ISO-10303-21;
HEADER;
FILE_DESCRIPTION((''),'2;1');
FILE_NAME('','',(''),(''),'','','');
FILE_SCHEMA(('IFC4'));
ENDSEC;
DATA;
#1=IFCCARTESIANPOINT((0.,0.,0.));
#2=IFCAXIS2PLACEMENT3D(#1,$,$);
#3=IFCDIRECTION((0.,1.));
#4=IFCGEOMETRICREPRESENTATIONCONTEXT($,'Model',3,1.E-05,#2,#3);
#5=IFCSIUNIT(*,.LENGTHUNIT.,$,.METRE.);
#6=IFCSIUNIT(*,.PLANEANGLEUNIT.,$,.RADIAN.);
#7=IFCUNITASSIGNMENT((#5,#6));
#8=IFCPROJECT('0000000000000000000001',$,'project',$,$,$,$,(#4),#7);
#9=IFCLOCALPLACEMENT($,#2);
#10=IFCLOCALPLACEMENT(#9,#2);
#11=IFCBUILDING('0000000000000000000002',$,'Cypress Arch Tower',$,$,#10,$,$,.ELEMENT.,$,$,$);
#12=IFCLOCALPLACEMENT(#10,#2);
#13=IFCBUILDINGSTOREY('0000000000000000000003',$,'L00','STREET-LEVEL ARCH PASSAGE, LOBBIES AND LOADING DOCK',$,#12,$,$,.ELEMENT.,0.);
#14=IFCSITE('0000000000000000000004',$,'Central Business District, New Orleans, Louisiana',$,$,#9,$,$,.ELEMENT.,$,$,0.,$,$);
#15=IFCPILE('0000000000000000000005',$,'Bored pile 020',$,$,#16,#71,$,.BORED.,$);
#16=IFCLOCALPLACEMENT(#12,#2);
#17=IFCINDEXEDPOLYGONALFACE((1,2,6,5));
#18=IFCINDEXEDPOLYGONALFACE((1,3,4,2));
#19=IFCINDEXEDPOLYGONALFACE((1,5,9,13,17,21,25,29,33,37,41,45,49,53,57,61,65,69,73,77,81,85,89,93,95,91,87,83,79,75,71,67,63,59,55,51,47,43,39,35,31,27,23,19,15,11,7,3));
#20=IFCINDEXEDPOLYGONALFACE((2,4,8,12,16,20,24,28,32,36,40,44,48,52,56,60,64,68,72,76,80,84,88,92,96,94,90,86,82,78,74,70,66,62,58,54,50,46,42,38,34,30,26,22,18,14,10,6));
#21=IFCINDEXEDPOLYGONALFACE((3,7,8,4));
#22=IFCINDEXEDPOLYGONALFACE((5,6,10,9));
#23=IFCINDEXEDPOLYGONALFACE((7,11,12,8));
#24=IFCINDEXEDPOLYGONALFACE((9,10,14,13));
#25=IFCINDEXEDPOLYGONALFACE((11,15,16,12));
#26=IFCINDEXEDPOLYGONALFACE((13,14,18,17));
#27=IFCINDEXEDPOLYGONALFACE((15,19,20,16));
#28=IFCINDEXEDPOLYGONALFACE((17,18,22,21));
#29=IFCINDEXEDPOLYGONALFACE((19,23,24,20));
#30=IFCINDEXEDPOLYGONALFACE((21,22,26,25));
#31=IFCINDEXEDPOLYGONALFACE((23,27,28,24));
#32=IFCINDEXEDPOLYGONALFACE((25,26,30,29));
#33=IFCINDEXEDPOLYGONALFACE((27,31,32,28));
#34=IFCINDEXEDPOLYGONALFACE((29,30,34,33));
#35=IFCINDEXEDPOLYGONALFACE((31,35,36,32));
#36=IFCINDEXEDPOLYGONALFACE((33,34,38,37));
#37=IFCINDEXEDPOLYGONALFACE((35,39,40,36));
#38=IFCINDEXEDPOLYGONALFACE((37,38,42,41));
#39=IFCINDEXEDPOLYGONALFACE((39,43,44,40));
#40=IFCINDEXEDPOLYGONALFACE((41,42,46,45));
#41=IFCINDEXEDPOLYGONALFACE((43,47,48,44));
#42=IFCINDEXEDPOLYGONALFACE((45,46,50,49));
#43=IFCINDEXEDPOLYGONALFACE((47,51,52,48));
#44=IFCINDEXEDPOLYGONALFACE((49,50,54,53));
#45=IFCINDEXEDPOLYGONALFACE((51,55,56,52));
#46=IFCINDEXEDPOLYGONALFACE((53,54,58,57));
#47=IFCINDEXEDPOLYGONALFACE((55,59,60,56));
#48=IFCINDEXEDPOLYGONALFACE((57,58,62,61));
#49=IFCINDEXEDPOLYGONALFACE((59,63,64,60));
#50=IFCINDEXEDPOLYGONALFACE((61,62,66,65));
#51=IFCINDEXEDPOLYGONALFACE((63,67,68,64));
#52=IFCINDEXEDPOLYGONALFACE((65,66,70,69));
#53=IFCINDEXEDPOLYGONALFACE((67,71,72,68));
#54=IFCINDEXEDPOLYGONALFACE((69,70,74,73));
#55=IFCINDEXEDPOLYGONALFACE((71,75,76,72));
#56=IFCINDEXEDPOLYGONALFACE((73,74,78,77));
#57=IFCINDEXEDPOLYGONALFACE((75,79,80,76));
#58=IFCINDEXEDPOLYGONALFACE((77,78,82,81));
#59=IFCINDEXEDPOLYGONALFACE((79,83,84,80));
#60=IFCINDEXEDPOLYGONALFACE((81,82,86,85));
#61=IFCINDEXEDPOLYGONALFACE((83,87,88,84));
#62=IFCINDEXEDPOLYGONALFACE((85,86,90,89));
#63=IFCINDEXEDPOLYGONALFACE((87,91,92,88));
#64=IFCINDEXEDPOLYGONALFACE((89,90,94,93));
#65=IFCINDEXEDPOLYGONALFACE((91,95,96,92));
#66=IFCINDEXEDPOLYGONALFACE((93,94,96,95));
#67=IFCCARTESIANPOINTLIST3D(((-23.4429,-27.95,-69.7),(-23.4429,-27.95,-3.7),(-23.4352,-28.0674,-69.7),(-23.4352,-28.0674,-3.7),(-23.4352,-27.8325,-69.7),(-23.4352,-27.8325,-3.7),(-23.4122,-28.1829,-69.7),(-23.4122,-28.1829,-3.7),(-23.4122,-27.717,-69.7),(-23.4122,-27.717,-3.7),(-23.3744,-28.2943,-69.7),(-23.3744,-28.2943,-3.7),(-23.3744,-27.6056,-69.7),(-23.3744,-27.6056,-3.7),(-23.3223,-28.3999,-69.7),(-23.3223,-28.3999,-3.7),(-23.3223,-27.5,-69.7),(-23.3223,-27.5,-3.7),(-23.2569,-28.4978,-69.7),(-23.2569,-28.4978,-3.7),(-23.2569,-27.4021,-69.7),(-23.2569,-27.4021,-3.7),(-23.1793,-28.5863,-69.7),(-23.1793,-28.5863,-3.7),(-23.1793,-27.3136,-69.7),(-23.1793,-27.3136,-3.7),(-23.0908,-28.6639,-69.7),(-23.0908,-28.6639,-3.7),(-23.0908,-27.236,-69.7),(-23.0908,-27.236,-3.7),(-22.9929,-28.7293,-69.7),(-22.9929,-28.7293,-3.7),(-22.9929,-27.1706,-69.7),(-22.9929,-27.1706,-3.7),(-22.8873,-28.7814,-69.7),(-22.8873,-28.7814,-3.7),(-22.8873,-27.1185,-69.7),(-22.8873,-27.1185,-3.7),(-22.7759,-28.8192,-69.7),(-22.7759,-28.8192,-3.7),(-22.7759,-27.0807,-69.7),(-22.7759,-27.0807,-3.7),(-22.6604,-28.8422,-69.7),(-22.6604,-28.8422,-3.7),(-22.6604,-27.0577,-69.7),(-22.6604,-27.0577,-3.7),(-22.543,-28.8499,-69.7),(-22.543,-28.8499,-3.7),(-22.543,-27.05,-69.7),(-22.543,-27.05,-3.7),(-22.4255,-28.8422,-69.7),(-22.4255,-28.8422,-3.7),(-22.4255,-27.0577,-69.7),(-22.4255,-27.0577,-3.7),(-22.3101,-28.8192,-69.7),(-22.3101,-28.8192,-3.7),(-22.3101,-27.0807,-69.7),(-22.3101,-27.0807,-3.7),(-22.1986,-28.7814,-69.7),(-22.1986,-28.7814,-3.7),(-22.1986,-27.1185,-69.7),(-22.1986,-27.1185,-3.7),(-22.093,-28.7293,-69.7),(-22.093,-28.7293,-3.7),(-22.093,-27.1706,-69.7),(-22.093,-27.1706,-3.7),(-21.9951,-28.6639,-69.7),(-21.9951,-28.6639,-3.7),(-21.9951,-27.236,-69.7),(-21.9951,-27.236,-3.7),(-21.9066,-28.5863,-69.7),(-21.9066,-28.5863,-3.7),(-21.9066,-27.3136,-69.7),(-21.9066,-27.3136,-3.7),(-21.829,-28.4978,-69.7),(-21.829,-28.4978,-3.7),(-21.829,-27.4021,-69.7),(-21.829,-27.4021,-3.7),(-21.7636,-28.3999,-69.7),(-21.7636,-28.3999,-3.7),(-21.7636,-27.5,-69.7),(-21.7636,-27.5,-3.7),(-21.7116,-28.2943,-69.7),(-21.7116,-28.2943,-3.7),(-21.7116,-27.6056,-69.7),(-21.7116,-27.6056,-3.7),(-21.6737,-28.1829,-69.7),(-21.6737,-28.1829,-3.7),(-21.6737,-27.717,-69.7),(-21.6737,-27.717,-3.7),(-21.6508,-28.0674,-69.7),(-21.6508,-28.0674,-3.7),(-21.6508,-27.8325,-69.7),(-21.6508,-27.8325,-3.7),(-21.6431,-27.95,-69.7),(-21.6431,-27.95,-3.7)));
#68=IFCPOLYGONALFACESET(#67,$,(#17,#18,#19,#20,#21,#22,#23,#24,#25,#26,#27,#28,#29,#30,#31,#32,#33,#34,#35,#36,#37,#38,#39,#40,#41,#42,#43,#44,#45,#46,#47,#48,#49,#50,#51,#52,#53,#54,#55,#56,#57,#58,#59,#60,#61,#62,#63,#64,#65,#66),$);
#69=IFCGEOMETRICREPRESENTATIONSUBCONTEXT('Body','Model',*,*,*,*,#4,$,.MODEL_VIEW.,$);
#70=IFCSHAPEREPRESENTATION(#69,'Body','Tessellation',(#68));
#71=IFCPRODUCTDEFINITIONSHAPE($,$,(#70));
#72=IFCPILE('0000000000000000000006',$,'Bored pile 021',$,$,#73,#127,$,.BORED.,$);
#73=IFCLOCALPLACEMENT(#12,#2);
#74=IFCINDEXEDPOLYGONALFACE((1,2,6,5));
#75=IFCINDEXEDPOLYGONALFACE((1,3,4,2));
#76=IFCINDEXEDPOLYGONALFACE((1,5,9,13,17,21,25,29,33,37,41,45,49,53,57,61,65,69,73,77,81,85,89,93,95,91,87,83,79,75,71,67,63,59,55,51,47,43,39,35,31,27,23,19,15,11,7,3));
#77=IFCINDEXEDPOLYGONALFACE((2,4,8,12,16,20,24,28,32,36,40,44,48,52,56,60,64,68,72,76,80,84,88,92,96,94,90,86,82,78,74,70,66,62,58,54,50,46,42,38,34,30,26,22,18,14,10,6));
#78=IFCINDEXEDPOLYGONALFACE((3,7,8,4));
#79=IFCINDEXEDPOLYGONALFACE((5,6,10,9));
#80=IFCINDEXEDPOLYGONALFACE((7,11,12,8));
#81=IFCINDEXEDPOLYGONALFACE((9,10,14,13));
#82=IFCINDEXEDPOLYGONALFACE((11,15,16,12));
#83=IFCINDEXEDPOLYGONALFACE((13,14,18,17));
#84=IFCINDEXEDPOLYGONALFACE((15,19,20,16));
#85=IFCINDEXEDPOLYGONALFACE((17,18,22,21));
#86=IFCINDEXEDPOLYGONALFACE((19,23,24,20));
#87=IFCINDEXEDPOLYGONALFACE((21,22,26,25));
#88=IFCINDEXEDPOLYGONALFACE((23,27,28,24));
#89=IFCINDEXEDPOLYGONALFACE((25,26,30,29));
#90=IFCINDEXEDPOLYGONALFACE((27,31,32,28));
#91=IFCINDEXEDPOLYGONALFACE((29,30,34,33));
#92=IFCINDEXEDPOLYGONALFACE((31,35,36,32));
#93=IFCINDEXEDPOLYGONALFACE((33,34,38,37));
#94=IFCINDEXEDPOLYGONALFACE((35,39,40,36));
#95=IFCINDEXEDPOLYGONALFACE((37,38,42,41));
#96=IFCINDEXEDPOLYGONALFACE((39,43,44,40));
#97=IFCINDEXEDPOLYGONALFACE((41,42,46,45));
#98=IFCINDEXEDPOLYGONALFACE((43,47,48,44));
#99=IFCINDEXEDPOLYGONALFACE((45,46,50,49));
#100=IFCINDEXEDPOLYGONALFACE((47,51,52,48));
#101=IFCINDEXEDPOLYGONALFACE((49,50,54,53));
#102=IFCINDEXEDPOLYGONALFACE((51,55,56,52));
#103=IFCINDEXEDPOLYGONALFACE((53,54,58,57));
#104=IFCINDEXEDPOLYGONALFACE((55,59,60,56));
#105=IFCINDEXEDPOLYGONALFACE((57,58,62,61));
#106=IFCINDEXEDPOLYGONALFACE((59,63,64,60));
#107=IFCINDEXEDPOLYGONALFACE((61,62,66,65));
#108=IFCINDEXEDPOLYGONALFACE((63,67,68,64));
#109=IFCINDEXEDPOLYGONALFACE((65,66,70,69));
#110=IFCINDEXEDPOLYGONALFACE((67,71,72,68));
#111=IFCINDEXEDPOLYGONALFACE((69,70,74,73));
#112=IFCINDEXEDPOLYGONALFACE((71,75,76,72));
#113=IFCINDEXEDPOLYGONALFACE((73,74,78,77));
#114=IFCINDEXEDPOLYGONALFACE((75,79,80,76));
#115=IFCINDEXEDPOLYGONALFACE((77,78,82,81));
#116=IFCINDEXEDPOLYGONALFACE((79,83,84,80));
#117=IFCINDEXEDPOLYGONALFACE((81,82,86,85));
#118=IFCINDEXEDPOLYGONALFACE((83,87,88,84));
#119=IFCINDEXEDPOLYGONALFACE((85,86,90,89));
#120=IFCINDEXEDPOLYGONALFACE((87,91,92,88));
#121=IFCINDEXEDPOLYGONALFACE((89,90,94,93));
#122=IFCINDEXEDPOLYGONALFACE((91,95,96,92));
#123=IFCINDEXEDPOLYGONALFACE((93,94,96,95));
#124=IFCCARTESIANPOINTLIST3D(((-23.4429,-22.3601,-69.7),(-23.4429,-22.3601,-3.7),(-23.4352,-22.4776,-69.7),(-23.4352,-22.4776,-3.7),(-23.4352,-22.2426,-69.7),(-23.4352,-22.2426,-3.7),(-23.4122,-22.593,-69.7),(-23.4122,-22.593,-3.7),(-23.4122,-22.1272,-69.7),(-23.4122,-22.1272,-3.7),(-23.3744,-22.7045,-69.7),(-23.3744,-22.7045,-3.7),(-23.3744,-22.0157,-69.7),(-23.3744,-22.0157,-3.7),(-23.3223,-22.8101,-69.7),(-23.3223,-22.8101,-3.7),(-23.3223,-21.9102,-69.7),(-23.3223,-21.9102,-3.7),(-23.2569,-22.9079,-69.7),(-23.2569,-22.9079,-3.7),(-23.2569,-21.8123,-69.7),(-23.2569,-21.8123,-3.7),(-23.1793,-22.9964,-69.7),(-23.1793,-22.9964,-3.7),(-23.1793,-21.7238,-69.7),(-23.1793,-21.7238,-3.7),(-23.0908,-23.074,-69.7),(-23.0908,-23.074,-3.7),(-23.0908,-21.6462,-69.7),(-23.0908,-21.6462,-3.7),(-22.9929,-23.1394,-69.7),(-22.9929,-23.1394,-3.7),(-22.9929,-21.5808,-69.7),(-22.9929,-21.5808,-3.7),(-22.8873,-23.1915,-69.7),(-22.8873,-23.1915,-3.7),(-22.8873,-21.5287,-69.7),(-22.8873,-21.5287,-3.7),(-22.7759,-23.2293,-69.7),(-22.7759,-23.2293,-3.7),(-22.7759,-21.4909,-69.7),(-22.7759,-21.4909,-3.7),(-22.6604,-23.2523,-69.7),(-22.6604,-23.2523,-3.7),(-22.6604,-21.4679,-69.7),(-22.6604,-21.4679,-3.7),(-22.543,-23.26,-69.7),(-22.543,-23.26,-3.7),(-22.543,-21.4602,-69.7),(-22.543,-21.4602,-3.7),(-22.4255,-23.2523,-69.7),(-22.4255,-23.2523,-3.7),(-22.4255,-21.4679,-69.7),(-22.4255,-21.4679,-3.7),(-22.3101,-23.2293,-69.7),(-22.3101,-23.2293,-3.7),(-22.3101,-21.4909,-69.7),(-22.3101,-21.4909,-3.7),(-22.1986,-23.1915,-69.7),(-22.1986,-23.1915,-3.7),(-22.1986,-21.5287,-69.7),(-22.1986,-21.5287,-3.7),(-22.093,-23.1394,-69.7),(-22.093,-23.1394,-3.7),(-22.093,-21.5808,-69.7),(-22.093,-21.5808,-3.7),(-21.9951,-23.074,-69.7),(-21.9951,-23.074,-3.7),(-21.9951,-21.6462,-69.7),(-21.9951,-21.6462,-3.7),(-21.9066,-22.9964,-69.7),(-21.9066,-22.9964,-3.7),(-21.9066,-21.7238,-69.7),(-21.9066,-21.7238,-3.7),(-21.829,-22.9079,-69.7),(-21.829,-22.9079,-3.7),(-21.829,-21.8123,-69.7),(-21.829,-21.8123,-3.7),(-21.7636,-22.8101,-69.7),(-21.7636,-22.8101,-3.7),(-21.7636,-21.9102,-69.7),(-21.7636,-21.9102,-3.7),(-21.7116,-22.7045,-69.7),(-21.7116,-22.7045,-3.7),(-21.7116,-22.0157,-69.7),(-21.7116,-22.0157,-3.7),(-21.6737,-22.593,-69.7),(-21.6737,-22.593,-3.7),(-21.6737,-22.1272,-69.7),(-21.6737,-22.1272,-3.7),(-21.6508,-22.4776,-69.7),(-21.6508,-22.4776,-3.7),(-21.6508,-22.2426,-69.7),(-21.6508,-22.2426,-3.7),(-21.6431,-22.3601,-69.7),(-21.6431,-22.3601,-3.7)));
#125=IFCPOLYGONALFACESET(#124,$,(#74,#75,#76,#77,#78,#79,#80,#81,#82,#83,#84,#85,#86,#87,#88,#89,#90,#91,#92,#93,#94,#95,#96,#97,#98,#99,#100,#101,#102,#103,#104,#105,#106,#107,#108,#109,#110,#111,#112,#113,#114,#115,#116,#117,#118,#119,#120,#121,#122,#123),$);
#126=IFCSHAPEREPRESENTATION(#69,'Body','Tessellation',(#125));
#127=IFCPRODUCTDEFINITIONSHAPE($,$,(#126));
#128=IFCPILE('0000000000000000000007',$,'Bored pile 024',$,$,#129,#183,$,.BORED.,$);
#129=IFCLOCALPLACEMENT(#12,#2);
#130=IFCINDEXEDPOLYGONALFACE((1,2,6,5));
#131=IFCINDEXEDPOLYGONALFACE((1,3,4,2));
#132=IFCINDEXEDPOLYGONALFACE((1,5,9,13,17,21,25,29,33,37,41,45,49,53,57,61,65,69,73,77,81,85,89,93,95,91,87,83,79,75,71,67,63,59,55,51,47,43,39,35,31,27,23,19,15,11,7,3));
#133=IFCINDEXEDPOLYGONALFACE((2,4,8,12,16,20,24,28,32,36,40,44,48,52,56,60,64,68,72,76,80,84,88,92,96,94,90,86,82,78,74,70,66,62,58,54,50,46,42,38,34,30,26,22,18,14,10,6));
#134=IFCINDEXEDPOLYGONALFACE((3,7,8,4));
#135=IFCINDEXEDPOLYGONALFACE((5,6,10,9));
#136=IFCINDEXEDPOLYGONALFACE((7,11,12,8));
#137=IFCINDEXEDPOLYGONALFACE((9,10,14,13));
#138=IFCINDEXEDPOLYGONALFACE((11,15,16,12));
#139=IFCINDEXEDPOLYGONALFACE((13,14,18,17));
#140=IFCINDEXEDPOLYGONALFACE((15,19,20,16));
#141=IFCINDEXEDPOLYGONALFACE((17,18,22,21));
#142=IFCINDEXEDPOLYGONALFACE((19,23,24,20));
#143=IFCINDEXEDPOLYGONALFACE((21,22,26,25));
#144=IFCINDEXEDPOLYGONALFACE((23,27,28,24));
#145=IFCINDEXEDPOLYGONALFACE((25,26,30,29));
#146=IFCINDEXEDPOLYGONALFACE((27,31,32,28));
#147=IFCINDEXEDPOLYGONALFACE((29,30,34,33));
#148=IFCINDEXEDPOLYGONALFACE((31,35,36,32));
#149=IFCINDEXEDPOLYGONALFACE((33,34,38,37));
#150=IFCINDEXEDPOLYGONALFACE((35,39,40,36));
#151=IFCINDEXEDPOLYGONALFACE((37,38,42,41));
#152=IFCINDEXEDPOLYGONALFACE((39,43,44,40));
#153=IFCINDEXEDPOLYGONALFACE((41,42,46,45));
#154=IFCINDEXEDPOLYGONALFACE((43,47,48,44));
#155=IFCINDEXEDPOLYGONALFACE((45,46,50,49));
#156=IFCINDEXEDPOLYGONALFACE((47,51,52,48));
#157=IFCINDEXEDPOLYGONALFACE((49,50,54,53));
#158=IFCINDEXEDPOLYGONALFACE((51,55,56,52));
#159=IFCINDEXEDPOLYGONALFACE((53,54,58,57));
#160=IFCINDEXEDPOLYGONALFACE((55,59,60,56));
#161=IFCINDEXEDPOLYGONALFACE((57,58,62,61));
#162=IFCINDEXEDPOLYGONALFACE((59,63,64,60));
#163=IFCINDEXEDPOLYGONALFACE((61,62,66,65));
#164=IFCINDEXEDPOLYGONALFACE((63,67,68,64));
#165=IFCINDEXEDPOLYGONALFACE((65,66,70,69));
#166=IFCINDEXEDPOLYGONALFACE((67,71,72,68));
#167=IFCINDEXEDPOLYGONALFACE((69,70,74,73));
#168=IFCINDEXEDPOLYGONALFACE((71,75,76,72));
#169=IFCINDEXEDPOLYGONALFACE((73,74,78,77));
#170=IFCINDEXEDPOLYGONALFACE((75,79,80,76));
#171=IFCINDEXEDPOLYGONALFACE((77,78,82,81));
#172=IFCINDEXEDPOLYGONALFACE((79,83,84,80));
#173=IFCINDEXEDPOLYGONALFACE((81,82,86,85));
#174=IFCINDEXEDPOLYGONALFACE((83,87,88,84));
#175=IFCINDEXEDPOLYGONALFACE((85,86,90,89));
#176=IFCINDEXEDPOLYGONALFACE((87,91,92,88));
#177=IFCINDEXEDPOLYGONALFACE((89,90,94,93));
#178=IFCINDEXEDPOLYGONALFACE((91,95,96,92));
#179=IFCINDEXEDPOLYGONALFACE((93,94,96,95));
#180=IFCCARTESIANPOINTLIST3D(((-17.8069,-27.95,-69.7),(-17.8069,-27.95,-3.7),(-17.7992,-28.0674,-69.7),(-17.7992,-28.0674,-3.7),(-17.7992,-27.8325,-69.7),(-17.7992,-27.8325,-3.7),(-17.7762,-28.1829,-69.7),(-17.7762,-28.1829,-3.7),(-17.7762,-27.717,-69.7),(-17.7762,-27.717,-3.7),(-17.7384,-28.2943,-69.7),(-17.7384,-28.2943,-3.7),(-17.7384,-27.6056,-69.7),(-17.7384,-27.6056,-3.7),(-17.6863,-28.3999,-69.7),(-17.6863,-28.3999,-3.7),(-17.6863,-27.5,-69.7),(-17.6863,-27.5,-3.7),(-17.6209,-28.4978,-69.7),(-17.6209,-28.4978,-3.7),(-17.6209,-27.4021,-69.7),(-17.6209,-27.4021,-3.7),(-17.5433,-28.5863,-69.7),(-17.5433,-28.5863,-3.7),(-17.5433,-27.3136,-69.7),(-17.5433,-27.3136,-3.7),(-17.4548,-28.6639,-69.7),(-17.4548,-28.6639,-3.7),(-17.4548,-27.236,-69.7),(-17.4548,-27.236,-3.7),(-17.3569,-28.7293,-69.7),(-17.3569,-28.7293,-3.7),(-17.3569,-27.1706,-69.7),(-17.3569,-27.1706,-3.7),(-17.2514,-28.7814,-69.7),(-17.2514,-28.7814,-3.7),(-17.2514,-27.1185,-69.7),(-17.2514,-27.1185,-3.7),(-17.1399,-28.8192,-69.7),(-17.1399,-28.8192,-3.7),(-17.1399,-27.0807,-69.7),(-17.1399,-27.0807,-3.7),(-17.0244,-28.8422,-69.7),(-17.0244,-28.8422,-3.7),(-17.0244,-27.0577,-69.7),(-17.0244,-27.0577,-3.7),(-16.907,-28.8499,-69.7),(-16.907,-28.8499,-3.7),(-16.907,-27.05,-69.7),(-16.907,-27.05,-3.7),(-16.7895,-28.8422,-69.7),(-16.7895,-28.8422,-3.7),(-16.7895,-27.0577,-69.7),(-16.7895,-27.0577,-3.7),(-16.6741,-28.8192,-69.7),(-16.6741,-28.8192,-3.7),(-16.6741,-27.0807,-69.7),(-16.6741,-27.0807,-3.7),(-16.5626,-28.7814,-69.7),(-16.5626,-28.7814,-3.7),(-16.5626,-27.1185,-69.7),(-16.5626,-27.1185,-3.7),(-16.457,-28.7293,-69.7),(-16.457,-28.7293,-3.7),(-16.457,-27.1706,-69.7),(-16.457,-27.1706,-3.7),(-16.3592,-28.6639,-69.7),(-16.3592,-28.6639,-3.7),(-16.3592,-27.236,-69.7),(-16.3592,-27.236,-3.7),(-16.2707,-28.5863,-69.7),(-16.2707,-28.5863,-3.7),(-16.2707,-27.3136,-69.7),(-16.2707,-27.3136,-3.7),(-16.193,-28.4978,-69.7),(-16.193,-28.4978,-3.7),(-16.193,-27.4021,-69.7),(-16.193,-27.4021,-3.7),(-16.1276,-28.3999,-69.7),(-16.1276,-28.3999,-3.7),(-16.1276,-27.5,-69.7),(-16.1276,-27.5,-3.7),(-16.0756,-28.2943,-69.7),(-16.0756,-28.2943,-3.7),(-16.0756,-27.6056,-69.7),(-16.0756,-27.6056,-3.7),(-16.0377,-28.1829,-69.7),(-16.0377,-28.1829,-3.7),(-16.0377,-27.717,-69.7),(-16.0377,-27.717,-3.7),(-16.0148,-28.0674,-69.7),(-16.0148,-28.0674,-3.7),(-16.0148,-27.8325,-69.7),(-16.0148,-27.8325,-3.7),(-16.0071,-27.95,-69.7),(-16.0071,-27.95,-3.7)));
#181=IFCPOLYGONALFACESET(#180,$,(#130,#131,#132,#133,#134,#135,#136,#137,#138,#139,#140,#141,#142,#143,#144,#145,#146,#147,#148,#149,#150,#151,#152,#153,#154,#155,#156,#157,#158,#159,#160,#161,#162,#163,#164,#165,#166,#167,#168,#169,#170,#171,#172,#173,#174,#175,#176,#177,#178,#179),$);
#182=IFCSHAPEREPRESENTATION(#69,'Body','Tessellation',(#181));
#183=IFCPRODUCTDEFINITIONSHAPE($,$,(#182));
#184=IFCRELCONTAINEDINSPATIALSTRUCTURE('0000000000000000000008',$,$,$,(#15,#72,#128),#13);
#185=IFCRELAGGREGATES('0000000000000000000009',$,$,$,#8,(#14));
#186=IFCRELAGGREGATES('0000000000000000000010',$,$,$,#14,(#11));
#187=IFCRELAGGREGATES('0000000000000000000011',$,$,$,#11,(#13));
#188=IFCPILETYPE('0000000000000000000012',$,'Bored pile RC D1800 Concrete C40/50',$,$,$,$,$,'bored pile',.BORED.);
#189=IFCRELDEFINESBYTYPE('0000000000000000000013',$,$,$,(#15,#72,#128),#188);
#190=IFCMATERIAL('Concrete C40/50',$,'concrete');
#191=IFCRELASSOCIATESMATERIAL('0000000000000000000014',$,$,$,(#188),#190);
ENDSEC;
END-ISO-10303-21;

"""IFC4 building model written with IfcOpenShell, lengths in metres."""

from ifc_helpers import new_model, si_unit, direction, frame, origin, origin_2d, place, context, subcontext, project, spatial, circle, extrude, material, material_profile, profile_set, type_object, element, save


model = new_model("IFC4")

# Units and contexts
model_context = context("Model", 3, precision=1e-05, world=origin(), true_north=direction((0.0, 1.0)))
body_context = subcontext(model_context, "Body", "Model", "MODEL_VIEW")
ifc_project = project(units=[si_unit("LENGTHUNIT", "METRE"), si_unit("PLANEANGLEUNIT", "RADIAN")], contexts=[model_context])

# Site, building, storey
site_placement = place(None, origin())
site = spatial("IfcSite", under=ifc_project, at=site_placement, Name="Central Business District, New Orleans, Louisiana", CompositionType="ELEMENT", RefElevation=0.0)
building_placement = place(site_placement, origin())
building = spatial("IfcBuilding", under=site, at=building_placement, Name="Cypress Arch Tower", CompositionType="ELEMENT")
storey_placement = place(building_placement, origin())
storey = spatial("IfcBuildingStorey", under=building, at=storey_placement, Name="L00", Description="STREET-LEVEL ARCH PASSAGE, LOBBIES AND LOADING DOCK", CompositionType="ELEMENT", Elevation=0.0)

# Piles
ifc_material_1 = material(Name="Concrete C40/50", Category="concrete")
ifc_material_profile_1 = material_profile(ifc_material_1, circle(Radius=0.8999, at=origin_2d()), Name="RC D1800")
ifc_profile_set_1 = profile_set([ifc_material_profile_1], Name="Concrete C40/50")
pile_type = type_object("IfcPileType", Name="Bored pile RC D1800 Concrete C40/50", ElementType="bored pile", PredefinedType="BORED", material=ifc_profile_set_1)
for number, where, z_axis, x_axis, name in (
    (1, (-22.543, -27.95, -3.7), (0.0, 0.0, -1.0), (1.0, 0.0, 0.0), "Bored pile 020"),
    (2, (-22.543, -22.3601, -3.7), (0.0, 0.0, -1.0), (1.0, 0.0, 0.0), "Bored pile 021"),
    (3, (-16.907, -27.95, -3.7), (0.0, 0.0, -1.0), (1.0, 0.0, 0.0), "Bored pile 024"),
):
    element("IfcPile", number, at=place(storey_placement, frame(where, z_axis=z_axis, x_axis=x_axis)), inside=storey, type_object=pile_type, Name=name, PredefinedType="BORED", context=body_context, shape_type="SweptSolid", body=[
        extrude(circle(Radius=0.8999, at=origin_2d()), origin(), (0.0, 0.0, 1.0), 66.0),
    ])

save(model, "model.ifc")
